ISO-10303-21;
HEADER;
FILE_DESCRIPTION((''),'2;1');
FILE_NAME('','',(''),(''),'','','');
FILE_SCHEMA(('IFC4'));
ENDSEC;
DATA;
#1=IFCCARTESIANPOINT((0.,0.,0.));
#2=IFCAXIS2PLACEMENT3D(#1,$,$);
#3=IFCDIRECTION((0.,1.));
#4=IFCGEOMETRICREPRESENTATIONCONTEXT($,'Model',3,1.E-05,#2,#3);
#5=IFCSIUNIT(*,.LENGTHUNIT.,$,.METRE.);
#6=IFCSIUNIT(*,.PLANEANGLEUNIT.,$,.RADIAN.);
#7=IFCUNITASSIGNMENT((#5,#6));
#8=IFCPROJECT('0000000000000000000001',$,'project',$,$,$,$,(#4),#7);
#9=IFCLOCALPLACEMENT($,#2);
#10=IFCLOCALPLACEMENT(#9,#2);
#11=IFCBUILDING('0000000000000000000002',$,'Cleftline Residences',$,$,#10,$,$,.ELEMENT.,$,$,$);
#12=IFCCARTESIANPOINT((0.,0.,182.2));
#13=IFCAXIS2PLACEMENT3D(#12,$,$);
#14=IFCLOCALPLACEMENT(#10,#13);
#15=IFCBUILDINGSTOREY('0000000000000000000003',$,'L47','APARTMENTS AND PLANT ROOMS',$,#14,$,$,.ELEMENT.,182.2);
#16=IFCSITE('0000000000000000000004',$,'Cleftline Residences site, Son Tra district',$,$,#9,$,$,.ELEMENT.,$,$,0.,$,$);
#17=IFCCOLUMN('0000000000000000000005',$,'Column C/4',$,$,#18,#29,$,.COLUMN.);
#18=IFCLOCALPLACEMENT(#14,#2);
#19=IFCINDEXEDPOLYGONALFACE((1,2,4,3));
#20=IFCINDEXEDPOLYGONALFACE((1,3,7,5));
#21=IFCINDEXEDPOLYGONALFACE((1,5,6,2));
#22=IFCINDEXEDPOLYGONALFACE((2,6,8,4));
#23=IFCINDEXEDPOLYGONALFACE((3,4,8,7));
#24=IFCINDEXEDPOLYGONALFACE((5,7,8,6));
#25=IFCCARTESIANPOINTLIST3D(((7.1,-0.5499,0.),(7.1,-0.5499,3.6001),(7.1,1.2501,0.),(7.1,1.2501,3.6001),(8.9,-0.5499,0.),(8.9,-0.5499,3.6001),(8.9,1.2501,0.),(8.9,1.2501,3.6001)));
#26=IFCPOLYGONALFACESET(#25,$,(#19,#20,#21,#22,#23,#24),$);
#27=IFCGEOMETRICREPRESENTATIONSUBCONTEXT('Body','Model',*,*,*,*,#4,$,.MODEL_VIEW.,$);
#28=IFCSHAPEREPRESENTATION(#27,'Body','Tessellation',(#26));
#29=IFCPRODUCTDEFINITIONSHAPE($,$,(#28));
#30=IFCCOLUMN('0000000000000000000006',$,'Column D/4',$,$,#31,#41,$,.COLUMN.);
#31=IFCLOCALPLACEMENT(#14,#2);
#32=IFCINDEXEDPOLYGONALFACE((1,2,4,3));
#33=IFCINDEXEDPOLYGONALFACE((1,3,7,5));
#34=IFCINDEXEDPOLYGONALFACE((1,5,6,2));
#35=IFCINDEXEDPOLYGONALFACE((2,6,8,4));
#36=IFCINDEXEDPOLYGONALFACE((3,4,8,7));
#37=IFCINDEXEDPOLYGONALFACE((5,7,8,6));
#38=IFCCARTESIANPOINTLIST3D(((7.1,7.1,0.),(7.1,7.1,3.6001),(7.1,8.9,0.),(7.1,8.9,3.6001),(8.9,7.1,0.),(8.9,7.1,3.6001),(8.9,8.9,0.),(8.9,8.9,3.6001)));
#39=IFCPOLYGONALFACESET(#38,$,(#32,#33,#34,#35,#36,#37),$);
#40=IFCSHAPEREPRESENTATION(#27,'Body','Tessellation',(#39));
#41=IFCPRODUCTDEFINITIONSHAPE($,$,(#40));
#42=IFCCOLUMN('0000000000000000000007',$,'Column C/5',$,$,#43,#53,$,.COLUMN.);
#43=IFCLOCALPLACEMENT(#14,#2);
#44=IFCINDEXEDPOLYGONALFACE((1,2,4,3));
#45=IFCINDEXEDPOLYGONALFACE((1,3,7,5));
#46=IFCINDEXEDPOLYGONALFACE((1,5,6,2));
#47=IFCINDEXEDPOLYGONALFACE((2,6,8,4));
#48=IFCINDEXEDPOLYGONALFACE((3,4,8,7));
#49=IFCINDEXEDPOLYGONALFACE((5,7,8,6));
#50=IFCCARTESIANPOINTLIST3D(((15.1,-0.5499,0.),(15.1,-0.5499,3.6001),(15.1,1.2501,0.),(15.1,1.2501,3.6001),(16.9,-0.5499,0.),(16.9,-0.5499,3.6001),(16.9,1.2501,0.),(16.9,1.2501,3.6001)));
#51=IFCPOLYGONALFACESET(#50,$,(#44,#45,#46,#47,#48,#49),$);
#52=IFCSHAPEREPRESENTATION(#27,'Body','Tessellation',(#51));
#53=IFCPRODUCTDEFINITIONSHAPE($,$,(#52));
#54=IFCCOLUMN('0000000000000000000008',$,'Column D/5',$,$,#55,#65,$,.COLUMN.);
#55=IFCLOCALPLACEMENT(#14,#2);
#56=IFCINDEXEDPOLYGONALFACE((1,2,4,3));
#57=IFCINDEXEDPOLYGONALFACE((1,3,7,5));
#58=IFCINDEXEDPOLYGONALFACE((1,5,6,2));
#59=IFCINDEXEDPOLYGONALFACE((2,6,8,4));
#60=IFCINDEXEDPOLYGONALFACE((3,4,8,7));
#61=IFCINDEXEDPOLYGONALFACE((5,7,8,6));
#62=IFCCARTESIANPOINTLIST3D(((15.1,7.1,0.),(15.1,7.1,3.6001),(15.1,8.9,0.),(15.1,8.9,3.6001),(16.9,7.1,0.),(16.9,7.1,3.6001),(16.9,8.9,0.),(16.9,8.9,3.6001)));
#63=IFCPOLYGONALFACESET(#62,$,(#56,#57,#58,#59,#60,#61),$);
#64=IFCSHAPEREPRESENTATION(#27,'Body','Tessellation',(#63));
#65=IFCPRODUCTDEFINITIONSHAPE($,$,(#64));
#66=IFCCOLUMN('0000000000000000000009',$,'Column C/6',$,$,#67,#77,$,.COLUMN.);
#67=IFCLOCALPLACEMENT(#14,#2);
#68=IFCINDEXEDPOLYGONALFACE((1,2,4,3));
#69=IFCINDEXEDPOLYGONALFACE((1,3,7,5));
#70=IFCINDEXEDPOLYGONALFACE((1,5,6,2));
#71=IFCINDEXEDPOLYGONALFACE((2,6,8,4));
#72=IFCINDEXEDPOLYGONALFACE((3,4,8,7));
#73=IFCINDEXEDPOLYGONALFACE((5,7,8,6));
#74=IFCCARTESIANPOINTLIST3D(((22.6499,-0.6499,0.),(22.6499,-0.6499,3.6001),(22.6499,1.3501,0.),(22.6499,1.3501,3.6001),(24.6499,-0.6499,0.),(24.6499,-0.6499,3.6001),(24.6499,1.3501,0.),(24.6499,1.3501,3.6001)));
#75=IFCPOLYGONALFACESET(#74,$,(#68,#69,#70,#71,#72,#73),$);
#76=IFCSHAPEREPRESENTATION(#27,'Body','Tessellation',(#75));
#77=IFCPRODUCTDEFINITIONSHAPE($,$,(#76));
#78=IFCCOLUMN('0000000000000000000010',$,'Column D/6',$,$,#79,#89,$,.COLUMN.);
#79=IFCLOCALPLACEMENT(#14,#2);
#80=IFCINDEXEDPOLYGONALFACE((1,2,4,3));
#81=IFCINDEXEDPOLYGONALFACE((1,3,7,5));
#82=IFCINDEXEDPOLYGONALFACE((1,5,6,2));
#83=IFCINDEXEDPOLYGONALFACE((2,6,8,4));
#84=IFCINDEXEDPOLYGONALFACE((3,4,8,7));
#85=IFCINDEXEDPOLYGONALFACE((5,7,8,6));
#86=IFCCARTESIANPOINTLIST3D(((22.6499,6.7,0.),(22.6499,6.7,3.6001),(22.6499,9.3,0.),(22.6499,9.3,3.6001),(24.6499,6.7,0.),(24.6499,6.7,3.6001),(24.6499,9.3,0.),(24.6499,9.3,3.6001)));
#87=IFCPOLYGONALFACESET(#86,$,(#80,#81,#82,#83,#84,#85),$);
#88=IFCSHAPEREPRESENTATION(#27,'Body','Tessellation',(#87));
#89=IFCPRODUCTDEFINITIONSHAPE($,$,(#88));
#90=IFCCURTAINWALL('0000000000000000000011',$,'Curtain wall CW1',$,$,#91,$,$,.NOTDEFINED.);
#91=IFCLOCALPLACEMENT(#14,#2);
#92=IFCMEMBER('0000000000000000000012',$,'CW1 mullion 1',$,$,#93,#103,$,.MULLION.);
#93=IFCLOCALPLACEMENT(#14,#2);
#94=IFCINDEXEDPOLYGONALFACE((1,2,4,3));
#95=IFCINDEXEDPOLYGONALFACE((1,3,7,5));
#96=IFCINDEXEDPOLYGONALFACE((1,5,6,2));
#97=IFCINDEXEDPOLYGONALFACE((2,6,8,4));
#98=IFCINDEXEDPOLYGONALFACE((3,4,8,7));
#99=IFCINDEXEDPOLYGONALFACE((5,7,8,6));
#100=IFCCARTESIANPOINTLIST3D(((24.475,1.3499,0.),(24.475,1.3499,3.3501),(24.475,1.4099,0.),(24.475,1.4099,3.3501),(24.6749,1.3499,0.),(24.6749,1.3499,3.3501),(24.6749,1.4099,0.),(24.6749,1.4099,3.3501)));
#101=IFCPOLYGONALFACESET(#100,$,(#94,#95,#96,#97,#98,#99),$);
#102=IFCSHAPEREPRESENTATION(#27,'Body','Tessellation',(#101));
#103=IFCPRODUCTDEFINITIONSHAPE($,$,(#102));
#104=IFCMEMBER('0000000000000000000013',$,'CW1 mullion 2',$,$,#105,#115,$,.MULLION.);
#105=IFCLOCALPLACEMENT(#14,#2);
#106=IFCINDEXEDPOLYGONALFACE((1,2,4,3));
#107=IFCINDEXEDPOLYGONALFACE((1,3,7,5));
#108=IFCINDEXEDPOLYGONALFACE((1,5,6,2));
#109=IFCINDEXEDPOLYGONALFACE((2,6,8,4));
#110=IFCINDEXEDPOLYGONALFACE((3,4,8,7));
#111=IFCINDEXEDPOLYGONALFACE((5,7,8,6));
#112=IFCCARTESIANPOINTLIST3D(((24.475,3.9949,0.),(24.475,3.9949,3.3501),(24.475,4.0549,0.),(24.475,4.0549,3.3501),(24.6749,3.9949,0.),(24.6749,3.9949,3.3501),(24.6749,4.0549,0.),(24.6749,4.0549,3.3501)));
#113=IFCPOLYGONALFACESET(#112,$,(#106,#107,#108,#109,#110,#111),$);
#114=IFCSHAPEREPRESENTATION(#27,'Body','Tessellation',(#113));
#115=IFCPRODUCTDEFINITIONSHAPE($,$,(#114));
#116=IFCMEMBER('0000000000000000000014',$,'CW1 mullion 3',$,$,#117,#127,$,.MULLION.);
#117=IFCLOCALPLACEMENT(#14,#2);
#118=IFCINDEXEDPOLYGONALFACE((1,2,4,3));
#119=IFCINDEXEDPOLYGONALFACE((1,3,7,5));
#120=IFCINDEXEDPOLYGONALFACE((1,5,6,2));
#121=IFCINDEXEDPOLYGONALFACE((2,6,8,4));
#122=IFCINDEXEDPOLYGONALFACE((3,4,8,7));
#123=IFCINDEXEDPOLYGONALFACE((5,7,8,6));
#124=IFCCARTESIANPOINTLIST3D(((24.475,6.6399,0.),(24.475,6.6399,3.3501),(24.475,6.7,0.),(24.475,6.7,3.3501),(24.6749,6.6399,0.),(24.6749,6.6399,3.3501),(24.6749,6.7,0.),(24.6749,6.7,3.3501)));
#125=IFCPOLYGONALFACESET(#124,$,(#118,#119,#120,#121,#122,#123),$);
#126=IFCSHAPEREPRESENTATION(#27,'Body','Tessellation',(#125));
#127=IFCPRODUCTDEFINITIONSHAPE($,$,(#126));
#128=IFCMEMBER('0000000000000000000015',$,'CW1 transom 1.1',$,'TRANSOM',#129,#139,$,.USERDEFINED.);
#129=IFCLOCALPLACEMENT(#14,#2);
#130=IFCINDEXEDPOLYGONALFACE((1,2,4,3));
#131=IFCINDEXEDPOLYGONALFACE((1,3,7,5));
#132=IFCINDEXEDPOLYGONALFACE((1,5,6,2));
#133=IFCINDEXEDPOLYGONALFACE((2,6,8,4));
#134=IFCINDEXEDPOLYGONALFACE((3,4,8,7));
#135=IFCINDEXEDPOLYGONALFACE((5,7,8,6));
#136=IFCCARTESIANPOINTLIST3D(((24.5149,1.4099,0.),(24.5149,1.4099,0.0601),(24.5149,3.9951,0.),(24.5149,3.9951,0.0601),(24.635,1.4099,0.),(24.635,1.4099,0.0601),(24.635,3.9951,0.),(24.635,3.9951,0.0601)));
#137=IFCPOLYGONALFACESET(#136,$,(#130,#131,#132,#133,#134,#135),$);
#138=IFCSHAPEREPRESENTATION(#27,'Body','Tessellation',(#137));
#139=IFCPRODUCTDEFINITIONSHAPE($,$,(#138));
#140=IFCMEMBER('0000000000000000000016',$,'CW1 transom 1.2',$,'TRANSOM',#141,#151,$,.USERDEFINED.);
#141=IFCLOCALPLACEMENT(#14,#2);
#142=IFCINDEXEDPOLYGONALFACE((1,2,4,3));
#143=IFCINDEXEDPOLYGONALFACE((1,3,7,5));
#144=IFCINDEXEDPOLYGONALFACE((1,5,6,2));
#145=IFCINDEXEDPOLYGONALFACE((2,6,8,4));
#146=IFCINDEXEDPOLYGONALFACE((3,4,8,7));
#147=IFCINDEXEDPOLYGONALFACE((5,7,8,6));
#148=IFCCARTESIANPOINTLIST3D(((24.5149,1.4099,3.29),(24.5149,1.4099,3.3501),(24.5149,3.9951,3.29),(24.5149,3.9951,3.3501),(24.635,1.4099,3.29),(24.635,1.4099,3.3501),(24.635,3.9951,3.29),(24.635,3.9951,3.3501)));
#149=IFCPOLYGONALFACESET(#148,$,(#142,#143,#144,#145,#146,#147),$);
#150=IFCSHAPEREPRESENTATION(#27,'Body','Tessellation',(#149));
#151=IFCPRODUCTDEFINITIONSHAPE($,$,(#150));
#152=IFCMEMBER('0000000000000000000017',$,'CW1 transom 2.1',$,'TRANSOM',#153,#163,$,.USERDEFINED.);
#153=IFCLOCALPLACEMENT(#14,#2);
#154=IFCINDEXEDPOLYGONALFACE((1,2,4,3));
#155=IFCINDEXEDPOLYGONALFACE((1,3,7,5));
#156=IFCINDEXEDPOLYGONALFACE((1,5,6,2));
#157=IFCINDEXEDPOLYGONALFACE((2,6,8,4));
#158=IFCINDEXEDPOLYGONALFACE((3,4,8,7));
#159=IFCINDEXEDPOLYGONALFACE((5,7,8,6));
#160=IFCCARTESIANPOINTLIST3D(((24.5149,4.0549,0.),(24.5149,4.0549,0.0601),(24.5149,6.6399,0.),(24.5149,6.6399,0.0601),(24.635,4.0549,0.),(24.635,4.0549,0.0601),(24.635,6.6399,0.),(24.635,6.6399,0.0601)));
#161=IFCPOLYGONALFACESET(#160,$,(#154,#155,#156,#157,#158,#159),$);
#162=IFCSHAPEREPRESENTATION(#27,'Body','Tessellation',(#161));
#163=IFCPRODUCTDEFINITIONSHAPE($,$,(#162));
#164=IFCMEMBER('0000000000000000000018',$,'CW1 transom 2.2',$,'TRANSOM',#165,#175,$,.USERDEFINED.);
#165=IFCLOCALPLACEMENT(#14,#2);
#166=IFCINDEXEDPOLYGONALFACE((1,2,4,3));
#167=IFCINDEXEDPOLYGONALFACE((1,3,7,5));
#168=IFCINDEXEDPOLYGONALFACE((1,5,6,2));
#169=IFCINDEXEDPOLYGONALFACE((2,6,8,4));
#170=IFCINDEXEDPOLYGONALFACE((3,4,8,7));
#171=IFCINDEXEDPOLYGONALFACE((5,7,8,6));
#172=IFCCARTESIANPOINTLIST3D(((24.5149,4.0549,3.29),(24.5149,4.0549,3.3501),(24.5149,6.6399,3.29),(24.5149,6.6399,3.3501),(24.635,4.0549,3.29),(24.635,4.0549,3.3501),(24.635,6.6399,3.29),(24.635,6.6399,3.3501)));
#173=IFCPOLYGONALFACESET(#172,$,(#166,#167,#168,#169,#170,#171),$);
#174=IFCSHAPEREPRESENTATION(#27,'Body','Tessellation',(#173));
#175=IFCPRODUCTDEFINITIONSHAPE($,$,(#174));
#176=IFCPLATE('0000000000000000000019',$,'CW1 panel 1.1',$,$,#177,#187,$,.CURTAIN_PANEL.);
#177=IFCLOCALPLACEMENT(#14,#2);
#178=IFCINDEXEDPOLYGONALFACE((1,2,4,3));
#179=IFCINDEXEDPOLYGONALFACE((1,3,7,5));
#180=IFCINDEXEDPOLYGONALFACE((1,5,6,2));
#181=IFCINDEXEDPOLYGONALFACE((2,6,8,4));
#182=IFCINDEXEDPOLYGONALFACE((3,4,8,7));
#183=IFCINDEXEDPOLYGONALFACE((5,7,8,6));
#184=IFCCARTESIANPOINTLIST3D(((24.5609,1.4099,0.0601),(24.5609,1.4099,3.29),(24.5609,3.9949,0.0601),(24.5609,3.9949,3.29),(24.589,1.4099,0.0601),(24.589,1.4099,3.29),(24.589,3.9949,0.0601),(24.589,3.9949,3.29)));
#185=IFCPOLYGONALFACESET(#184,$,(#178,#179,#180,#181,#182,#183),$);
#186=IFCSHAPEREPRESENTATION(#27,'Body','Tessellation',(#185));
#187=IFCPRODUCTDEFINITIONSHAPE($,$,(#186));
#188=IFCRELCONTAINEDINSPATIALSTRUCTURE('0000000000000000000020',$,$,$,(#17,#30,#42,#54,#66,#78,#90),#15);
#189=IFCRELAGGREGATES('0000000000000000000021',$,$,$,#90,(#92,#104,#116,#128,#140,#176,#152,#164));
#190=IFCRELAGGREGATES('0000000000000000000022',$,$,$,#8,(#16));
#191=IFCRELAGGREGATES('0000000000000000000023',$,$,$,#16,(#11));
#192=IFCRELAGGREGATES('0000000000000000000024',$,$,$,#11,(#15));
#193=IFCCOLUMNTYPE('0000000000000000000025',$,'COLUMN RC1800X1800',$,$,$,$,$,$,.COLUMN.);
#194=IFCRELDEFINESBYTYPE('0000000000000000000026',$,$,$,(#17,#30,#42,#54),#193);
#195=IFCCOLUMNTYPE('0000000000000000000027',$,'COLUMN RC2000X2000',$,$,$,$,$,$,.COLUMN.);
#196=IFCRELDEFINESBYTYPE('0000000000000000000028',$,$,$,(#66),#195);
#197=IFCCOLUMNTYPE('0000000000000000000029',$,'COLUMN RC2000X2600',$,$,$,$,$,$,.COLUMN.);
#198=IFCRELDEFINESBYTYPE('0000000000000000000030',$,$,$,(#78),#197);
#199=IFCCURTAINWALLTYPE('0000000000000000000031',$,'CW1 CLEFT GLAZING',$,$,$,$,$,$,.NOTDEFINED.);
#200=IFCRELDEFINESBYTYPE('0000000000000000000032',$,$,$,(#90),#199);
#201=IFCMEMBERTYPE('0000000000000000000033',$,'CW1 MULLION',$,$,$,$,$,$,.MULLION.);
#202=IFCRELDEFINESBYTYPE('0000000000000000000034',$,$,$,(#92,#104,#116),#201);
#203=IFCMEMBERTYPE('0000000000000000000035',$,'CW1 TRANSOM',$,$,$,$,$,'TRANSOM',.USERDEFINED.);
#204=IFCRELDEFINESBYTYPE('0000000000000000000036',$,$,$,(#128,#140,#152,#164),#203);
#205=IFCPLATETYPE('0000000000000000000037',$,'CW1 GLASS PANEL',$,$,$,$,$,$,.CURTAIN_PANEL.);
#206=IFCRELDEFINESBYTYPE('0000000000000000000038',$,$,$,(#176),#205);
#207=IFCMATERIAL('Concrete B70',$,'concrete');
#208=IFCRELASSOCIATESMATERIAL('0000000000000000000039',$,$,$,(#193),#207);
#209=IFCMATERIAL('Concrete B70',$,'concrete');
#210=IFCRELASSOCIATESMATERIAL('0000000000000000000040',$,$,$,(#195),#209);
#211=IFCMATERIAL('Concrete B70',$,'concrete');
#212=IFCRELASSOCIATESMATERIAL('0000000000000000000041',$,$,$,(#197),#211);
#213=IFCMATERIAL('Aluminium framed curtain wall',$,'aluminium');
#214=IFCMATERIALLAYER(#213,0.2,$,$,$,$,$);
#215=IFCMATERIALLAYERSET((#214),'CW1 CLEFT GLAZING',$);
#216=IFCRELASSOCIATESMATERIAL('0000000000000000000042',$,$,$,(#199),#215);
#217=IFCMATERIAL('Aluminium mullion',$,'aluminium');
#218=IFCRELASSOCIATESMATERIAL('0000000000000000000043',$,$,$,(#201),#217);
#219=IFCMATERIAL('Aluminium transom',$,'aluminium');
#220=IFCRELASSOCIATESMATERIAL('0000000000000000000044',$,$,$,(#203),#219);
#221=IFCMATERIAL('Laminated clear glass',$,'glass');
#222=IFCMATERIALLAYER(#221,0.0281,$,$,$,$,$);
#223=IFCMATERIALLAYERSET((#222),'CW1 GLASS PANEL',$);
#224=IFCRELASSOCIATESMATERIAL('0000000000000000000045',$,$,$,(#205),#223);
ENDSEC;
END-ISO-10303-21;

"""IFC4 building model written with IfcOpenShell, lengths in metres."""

from ifc_helpers import new_model, si_unit, direction, frame, origin, origin_2d, place, context, subcontext, project, spatial, rectangle, extrude, material, layer, layer_set, material_profile, profile_set, type_object, element, aggregate, save


model = new_model("IFC4")

# Units and contexts
model_context = context("Model", 3, precision=1e-05, world=origin(), true_north=direction((0.0, 1.0)))
body_context = subcontext(model_context, "Body", "Model", "MODEL_VIEW")
ifc_project = project(units=[si_unit("LENGTHUNIT", "METRE"), si_unit("PLANEANGLEUNIT", "RADIAN")], contexts=[model_context])

# Site, building, storey
site_placement = place(None, origin())
site = spatial("IfcSite", under=ifc_project, at=site_placement, Name="Cleftline Residences site, Son Tra district", CompositionType="ELEMENT", RefElevation=0.0)
building_placement = place(site_placement, origin())
building = spatial("IfcBuilding", under=site, at=building_placement, Name="Cleftline Residences", CompositionType="ELEMENT")
storey_placement = place(building_placement, frame((0.0, 0.0, 182.2)))
storey = spatial("IfcBuildingStorey", under=building, at=storey_placement, Name="L47", Description="APARTMENTS AND PLANT ROOMS", CompositionType="ELEMENT", Elevation=182.2)

# Columns
ifc_material_1 = material(Name="Concrete B70", Category="concrete")
ifc_material_profile_1 = material_profile(ifc_material_1, rectangle(XDim=1.8, YDim=1.8, at=origin_2d()))
ifc_profile_set_1 = profile_set([ifc_material_profile_1], Name="Concrete B70")
column_type_1 = type_object("IfcColumnType", Name="COLUMN RC1800X1800", PredefinedType="COLUMN", material=ifc_profile_set_1)
for number, where, z_axis, x_axis, name in (
    (1, (8.0, 0.3501, 0.0), (0.0, 0.0, 1.0), (1.0, 0.0, 0.0), "Column C/4"),
    (2, (8.0, 8.0, 0.0), (0.0, 0.0, 1.0), (1.0, 0.0, 0.0), "Column D/4"),
    (3, (16.0, 0.3501, 0.0), (0.0, 0.0, 1.0), (1.0, 0.0, 0.0), "Column C/5"),
    (4, (16.0, 8.0, 0.0), (0.0, 0.0, 1.0), (1.0, 0.0, 0.0), "Column D/5"),
):
    element("IfcColumn", number, at=place(storey_placement, frame(where, z_axis=z_axis, x_axis=x_axis)), inside=storey, type_object=column_type_1, Name=name, PredefinedType="COLUMN", context=body_context, shape_type="SweptSolid", body=[
        extrude(rectangle(XDim=1.8, YDim=1.8, at=origin_2d()), origin(), (0.0, 0.0, 1.0), 3.6001),
    ])
ifc_material_2 = material(Name="Concrete B70", Category="concrete")
ifc_material_profile_2 = material_profile(ifc_material_2, rectangle(XDim=2.0, YDim=2.0, at=origin_2d()))
ifc_profile_set_2 = profile_set([ifc_material_profile_2], Name="Concrete B70")
column_type_2 = type_object("IfcColumnType", Name="COLUMN RC2000X2000", PredefinedType="COLUMN", material=ifc_profile_set_2)
column_1_placement = place(storey_placement, frame((23.6499, 0.3501, 0.0), z_axis=(0.0, 0.0, 1.0), x_axis=(1.0, 0.0, 0.0)))
element("IfcColumn", 5, at=column_1_placement, inside=storey, type_object=column_type_2, Name="Column C/6", PredefinedType="COLUMN", context=body_context, shape_type="SweptSolid", body=[
    extrude(rectangle(XDim=2.0, YDim=2.0, at=origin_2d()), origin(), (0.0, 0.0, 1.0), 3.6001),
])
ifc_material_3 = material(Name="Concrete B70", Category="concrete")
ifc_material_profile_3 = material_profile(ifc_material_3, rectangle(XDim=2.0, YDim=2.6001, at=origin_2d()))
ifc_profile_set_3 = profile_set([ifc_material_profile_3], Name="Concrete B70")
column_type_3 = type_object("IfcColumnType", Name="COLUMN RC2000X2600", PredefinedType="COLUMN", material=ifc_profile_set_3)
column_2_placement = place(storey_placement, frame((23.6499, 8.0, 0.0), z_axis=(0.0, 0.0, 1.0), x_axis=(1.0, 0.0, 0.0)))
element("IfcColumn", 6, at=column_2_placement, inside=storey, type_object=column_type_3, Name="Column D/6", PredefinedType="COLUMN", context=body_context, shape_type="SweptSolid", body=[
    extrude(rectangle(XDim=2.0, YDim=2.6001, at=origin_2d()), origin(), (0.0, 0.0, 1.0), 3.6001),
])

# Curtain wall, members, plate
ifc_material_4 = material(Name="Aluminium framed curtain wall", Category="aluminium")
ifc_layer_1 = layer(ifc_material_4, 0.2)
ifc_layer_set_1 = layer_set([ifc_layer_1], Name="CW1 CLEFT GLAZING")
curtain_wall_type = type_object("IfcCurtainWallType", Name="CW1 CLEFT GLAZING", PredefinedType="NOTDEFINED", material=ifc_layer_set_1)
curtain_wall_placement = place(storey_placement, origin())
curtain_wall = element("IfcCurtainWall", 7, at=curtain_wall_placement, inside=storey, type_object=curtain_wall_type, Name="Curtain wall CW1", PredefinedType="NOTDEFINED")
ifc_material_5 = material(Name="Aluminium mullion", Category="aluminium")
ifc_material_profile_4 = material_profile(ifc_material_5, rectangle(XDim=0.2, YDim=0.0601, at=origin_2d()))
ifc_profile_set_4 = profile_set([ifc_material_profile_4], Name="Aluminium mullion")
member_type_1 = type_object("IfcMemberType", Name="CW1 MULLION", PredefinedType="MULLION", material=ifc_profile_set_4)
member_1_placement = place(storey_placement, frame((24.575, 1.3799, 0.0), z_axis=(0.0, 0.0, 1.0), x_axis=(-1.0, 0.0, 0.0)))
member_1 = element("IfcMember", 8, at=member_1_placement, type_object=member_type_1, Name="CW1 mullion 1", PredefinedType="MULLION", context=body_context, shape_type="SweptSolid", body=[
    extrude(rectangle(XDim=0.2, YDim=0.0601, at=origin_2d()), origin(), (0.0, 0.0, 1.0), 3.3501),
])
member_2_placement = place(storey_placement, frame((24.575, 4.0249, 0.0), z_axis=(0.0, 0.0, 1.0), x_axis=(-1.0, 0.0, 0.0)))
member_2 = element("IfcMember", 9, at=member_2_placement, type_object=member_type_1, Name="CW1 mullion 2", PredefinedType="MULLION", context=body_context, shape_type="SweptSolid", body=[
    extrude(rectangle(XDim=0.2, YDim=0.0601, at=origin_2d()), origin(), (0.0, 0.0, 1.0), 3.3501),
])
member_3_placement = place(storey_placement, frame((24.575, 6.6699, 0.0), z_axis=(0.0, 0.0, 1.0), x_axis=(-1.0, 0.0, 0.0)))
member_3 = element("IfcMember", 10, at=member_3_placement, type_object=member_type_1, Name="CW1 mullion 3", PredefinedType="MULLION", context=body_context, shape_type="SweptSolid", body=[
    extrude(rectangle(XDim=0.2, YDim=0.0601, at=origin_2d()), origin(), (0.0, 0.0, 1.0), 3.3501),
])
ifc_material_6 = material(Name="Aluminium transom", Category="aluminium")
ifc_material_profile_5 = material_profile(ifc_material_6, rectangle(XDim=0.1201, YDim=0.0601, at=origin_2d()))
ifc_profile_set_5 = profile_set([ifc_material_profile_5], Name="Aluminium transom")
member_type_2 = type_object("IfcMemberType", Name="CW1 TRANSOM", ElementType="TRANSOM", PredefinedType="USERDEFINED", material=ifc_profile_set_5)
member_4_placement = place(storey_placement, frame((24.575, 1.4099, 0.03), z_axis=(0.0, 1.0, 0.0), x_axis=(-1.0, 0.0, 0.0)))
member_4 = element("IfcMember", 11, at=member_4_placement, type_object=member_type_2, Name="CW1 transom 1.1", ObjectType="TRANSOM", PredefinedType="USERDEFINED", context=body_context, shape_type="SweptSolid", body=[
    extrude(rectangle(XDim=0.1201, YDim=0.0601, at=origin_2d()), origin(), (0.0, 0.0, 1.0), 2.5852),
])
member_5_placement = place(storey_placement, frame((24.575, 1.4099, 3.3201), z_axis=(0.0, 1.0, 0.0), x_axis=(-1.0, 0.0, 0.0)))
member_5 = element("IfcMember", 12, at=member_5_placement, type_object=member_type_2, Name="CW1 transom 1.2", ObjectType="TRANSOM", PredefinedType="USERDEFINED", context=body_context, shape_type="SweptSolid", body=[
    extrude(rectangle(XDim=0.1201, YDim=0.0601, at=origin_2d()), origin(), (0.0, 0.0, 1.0), 2.5852),
])
member_6_placement = place(storey_placement, frame((24.575, 4.0549, 0.03), z_axis=(0.0, 1.0, 0.0), x_axis=(-1.0, 0.0, 0.0)))
member_6 = element("IfcMember", 13, at=member_6_placement, type_object=member_type_2, Name="CW1 transom 2.1", ObjectType="TRANSOM", PredefinedType="USERDEFINED", context=body_context, shape_type="SweptSolid", body=[
    extrude(rectangle(XDim=0.1201, YDim=0.0601, at=origin_2d()), origin(), (0.0, 0.0, 1.0), 2.585),
])
member_7_placement = place(storey_placement, frame((24.575, 4.0549, 3.3201), z_axis=(0.0, 1.0, 0.0), x_axis=(-1.0, 0.0, 0.0)))
member_7 = element("IfcMember", 14, at=member_7_placement, type_object=member_type_2, Name="CW1 transom 2.2", ObjectType="TRANSOM", PredefinedType="USERDEFINED", context=body_context, shape_type="SweptSolid", body=[
    extrude(rectangle(XDim=0.1201, YDim=0.0601, at=origin_2d()), origin(), (0.0, 0.0, 1.0), 2.585),
])
ifc_material_7 = material(Name="Laminated clear glass", Category="glass")
ifc_layer_2 = layer(ifc_material_7, 0.0281)
ifc_layer_set_2 = layer_set([ifc_layer_2], Name="CW1 GLASS PANEL")
plate_type = type_object("IfcPlateType", Name="CW1 GLASS PANEL", PredefinedType="CURTAIN_PANEL", material=ifc_layer_set_2)
plate_1_placement = place(storey_placement, frame((24.575, 2.7024, 0.0601), z_axis=(0.0, 0.0, 1.0), x_axis=(0.0, 1.0, 0.0)))
plate_1 = element("IfcPlate", 15, at=plate_1_placement, type_object=plate_type, Name="CW1 panel 1.1", PredefinedType="CURTAIN_PANEL", context=body_context, shape_type="SweptSolid", body=[
    extrude(rectangle(XDim=2.585, YDim=0.0281, at=origin_2d()), origin(), (0.0, 0.0, 1.0), 3.23),
])
aggregate(curtain_wall, [member_1, member_2, member_3, member_4, member_5, plate_1, member_6, member_7])

save(model, "model.ifc")
